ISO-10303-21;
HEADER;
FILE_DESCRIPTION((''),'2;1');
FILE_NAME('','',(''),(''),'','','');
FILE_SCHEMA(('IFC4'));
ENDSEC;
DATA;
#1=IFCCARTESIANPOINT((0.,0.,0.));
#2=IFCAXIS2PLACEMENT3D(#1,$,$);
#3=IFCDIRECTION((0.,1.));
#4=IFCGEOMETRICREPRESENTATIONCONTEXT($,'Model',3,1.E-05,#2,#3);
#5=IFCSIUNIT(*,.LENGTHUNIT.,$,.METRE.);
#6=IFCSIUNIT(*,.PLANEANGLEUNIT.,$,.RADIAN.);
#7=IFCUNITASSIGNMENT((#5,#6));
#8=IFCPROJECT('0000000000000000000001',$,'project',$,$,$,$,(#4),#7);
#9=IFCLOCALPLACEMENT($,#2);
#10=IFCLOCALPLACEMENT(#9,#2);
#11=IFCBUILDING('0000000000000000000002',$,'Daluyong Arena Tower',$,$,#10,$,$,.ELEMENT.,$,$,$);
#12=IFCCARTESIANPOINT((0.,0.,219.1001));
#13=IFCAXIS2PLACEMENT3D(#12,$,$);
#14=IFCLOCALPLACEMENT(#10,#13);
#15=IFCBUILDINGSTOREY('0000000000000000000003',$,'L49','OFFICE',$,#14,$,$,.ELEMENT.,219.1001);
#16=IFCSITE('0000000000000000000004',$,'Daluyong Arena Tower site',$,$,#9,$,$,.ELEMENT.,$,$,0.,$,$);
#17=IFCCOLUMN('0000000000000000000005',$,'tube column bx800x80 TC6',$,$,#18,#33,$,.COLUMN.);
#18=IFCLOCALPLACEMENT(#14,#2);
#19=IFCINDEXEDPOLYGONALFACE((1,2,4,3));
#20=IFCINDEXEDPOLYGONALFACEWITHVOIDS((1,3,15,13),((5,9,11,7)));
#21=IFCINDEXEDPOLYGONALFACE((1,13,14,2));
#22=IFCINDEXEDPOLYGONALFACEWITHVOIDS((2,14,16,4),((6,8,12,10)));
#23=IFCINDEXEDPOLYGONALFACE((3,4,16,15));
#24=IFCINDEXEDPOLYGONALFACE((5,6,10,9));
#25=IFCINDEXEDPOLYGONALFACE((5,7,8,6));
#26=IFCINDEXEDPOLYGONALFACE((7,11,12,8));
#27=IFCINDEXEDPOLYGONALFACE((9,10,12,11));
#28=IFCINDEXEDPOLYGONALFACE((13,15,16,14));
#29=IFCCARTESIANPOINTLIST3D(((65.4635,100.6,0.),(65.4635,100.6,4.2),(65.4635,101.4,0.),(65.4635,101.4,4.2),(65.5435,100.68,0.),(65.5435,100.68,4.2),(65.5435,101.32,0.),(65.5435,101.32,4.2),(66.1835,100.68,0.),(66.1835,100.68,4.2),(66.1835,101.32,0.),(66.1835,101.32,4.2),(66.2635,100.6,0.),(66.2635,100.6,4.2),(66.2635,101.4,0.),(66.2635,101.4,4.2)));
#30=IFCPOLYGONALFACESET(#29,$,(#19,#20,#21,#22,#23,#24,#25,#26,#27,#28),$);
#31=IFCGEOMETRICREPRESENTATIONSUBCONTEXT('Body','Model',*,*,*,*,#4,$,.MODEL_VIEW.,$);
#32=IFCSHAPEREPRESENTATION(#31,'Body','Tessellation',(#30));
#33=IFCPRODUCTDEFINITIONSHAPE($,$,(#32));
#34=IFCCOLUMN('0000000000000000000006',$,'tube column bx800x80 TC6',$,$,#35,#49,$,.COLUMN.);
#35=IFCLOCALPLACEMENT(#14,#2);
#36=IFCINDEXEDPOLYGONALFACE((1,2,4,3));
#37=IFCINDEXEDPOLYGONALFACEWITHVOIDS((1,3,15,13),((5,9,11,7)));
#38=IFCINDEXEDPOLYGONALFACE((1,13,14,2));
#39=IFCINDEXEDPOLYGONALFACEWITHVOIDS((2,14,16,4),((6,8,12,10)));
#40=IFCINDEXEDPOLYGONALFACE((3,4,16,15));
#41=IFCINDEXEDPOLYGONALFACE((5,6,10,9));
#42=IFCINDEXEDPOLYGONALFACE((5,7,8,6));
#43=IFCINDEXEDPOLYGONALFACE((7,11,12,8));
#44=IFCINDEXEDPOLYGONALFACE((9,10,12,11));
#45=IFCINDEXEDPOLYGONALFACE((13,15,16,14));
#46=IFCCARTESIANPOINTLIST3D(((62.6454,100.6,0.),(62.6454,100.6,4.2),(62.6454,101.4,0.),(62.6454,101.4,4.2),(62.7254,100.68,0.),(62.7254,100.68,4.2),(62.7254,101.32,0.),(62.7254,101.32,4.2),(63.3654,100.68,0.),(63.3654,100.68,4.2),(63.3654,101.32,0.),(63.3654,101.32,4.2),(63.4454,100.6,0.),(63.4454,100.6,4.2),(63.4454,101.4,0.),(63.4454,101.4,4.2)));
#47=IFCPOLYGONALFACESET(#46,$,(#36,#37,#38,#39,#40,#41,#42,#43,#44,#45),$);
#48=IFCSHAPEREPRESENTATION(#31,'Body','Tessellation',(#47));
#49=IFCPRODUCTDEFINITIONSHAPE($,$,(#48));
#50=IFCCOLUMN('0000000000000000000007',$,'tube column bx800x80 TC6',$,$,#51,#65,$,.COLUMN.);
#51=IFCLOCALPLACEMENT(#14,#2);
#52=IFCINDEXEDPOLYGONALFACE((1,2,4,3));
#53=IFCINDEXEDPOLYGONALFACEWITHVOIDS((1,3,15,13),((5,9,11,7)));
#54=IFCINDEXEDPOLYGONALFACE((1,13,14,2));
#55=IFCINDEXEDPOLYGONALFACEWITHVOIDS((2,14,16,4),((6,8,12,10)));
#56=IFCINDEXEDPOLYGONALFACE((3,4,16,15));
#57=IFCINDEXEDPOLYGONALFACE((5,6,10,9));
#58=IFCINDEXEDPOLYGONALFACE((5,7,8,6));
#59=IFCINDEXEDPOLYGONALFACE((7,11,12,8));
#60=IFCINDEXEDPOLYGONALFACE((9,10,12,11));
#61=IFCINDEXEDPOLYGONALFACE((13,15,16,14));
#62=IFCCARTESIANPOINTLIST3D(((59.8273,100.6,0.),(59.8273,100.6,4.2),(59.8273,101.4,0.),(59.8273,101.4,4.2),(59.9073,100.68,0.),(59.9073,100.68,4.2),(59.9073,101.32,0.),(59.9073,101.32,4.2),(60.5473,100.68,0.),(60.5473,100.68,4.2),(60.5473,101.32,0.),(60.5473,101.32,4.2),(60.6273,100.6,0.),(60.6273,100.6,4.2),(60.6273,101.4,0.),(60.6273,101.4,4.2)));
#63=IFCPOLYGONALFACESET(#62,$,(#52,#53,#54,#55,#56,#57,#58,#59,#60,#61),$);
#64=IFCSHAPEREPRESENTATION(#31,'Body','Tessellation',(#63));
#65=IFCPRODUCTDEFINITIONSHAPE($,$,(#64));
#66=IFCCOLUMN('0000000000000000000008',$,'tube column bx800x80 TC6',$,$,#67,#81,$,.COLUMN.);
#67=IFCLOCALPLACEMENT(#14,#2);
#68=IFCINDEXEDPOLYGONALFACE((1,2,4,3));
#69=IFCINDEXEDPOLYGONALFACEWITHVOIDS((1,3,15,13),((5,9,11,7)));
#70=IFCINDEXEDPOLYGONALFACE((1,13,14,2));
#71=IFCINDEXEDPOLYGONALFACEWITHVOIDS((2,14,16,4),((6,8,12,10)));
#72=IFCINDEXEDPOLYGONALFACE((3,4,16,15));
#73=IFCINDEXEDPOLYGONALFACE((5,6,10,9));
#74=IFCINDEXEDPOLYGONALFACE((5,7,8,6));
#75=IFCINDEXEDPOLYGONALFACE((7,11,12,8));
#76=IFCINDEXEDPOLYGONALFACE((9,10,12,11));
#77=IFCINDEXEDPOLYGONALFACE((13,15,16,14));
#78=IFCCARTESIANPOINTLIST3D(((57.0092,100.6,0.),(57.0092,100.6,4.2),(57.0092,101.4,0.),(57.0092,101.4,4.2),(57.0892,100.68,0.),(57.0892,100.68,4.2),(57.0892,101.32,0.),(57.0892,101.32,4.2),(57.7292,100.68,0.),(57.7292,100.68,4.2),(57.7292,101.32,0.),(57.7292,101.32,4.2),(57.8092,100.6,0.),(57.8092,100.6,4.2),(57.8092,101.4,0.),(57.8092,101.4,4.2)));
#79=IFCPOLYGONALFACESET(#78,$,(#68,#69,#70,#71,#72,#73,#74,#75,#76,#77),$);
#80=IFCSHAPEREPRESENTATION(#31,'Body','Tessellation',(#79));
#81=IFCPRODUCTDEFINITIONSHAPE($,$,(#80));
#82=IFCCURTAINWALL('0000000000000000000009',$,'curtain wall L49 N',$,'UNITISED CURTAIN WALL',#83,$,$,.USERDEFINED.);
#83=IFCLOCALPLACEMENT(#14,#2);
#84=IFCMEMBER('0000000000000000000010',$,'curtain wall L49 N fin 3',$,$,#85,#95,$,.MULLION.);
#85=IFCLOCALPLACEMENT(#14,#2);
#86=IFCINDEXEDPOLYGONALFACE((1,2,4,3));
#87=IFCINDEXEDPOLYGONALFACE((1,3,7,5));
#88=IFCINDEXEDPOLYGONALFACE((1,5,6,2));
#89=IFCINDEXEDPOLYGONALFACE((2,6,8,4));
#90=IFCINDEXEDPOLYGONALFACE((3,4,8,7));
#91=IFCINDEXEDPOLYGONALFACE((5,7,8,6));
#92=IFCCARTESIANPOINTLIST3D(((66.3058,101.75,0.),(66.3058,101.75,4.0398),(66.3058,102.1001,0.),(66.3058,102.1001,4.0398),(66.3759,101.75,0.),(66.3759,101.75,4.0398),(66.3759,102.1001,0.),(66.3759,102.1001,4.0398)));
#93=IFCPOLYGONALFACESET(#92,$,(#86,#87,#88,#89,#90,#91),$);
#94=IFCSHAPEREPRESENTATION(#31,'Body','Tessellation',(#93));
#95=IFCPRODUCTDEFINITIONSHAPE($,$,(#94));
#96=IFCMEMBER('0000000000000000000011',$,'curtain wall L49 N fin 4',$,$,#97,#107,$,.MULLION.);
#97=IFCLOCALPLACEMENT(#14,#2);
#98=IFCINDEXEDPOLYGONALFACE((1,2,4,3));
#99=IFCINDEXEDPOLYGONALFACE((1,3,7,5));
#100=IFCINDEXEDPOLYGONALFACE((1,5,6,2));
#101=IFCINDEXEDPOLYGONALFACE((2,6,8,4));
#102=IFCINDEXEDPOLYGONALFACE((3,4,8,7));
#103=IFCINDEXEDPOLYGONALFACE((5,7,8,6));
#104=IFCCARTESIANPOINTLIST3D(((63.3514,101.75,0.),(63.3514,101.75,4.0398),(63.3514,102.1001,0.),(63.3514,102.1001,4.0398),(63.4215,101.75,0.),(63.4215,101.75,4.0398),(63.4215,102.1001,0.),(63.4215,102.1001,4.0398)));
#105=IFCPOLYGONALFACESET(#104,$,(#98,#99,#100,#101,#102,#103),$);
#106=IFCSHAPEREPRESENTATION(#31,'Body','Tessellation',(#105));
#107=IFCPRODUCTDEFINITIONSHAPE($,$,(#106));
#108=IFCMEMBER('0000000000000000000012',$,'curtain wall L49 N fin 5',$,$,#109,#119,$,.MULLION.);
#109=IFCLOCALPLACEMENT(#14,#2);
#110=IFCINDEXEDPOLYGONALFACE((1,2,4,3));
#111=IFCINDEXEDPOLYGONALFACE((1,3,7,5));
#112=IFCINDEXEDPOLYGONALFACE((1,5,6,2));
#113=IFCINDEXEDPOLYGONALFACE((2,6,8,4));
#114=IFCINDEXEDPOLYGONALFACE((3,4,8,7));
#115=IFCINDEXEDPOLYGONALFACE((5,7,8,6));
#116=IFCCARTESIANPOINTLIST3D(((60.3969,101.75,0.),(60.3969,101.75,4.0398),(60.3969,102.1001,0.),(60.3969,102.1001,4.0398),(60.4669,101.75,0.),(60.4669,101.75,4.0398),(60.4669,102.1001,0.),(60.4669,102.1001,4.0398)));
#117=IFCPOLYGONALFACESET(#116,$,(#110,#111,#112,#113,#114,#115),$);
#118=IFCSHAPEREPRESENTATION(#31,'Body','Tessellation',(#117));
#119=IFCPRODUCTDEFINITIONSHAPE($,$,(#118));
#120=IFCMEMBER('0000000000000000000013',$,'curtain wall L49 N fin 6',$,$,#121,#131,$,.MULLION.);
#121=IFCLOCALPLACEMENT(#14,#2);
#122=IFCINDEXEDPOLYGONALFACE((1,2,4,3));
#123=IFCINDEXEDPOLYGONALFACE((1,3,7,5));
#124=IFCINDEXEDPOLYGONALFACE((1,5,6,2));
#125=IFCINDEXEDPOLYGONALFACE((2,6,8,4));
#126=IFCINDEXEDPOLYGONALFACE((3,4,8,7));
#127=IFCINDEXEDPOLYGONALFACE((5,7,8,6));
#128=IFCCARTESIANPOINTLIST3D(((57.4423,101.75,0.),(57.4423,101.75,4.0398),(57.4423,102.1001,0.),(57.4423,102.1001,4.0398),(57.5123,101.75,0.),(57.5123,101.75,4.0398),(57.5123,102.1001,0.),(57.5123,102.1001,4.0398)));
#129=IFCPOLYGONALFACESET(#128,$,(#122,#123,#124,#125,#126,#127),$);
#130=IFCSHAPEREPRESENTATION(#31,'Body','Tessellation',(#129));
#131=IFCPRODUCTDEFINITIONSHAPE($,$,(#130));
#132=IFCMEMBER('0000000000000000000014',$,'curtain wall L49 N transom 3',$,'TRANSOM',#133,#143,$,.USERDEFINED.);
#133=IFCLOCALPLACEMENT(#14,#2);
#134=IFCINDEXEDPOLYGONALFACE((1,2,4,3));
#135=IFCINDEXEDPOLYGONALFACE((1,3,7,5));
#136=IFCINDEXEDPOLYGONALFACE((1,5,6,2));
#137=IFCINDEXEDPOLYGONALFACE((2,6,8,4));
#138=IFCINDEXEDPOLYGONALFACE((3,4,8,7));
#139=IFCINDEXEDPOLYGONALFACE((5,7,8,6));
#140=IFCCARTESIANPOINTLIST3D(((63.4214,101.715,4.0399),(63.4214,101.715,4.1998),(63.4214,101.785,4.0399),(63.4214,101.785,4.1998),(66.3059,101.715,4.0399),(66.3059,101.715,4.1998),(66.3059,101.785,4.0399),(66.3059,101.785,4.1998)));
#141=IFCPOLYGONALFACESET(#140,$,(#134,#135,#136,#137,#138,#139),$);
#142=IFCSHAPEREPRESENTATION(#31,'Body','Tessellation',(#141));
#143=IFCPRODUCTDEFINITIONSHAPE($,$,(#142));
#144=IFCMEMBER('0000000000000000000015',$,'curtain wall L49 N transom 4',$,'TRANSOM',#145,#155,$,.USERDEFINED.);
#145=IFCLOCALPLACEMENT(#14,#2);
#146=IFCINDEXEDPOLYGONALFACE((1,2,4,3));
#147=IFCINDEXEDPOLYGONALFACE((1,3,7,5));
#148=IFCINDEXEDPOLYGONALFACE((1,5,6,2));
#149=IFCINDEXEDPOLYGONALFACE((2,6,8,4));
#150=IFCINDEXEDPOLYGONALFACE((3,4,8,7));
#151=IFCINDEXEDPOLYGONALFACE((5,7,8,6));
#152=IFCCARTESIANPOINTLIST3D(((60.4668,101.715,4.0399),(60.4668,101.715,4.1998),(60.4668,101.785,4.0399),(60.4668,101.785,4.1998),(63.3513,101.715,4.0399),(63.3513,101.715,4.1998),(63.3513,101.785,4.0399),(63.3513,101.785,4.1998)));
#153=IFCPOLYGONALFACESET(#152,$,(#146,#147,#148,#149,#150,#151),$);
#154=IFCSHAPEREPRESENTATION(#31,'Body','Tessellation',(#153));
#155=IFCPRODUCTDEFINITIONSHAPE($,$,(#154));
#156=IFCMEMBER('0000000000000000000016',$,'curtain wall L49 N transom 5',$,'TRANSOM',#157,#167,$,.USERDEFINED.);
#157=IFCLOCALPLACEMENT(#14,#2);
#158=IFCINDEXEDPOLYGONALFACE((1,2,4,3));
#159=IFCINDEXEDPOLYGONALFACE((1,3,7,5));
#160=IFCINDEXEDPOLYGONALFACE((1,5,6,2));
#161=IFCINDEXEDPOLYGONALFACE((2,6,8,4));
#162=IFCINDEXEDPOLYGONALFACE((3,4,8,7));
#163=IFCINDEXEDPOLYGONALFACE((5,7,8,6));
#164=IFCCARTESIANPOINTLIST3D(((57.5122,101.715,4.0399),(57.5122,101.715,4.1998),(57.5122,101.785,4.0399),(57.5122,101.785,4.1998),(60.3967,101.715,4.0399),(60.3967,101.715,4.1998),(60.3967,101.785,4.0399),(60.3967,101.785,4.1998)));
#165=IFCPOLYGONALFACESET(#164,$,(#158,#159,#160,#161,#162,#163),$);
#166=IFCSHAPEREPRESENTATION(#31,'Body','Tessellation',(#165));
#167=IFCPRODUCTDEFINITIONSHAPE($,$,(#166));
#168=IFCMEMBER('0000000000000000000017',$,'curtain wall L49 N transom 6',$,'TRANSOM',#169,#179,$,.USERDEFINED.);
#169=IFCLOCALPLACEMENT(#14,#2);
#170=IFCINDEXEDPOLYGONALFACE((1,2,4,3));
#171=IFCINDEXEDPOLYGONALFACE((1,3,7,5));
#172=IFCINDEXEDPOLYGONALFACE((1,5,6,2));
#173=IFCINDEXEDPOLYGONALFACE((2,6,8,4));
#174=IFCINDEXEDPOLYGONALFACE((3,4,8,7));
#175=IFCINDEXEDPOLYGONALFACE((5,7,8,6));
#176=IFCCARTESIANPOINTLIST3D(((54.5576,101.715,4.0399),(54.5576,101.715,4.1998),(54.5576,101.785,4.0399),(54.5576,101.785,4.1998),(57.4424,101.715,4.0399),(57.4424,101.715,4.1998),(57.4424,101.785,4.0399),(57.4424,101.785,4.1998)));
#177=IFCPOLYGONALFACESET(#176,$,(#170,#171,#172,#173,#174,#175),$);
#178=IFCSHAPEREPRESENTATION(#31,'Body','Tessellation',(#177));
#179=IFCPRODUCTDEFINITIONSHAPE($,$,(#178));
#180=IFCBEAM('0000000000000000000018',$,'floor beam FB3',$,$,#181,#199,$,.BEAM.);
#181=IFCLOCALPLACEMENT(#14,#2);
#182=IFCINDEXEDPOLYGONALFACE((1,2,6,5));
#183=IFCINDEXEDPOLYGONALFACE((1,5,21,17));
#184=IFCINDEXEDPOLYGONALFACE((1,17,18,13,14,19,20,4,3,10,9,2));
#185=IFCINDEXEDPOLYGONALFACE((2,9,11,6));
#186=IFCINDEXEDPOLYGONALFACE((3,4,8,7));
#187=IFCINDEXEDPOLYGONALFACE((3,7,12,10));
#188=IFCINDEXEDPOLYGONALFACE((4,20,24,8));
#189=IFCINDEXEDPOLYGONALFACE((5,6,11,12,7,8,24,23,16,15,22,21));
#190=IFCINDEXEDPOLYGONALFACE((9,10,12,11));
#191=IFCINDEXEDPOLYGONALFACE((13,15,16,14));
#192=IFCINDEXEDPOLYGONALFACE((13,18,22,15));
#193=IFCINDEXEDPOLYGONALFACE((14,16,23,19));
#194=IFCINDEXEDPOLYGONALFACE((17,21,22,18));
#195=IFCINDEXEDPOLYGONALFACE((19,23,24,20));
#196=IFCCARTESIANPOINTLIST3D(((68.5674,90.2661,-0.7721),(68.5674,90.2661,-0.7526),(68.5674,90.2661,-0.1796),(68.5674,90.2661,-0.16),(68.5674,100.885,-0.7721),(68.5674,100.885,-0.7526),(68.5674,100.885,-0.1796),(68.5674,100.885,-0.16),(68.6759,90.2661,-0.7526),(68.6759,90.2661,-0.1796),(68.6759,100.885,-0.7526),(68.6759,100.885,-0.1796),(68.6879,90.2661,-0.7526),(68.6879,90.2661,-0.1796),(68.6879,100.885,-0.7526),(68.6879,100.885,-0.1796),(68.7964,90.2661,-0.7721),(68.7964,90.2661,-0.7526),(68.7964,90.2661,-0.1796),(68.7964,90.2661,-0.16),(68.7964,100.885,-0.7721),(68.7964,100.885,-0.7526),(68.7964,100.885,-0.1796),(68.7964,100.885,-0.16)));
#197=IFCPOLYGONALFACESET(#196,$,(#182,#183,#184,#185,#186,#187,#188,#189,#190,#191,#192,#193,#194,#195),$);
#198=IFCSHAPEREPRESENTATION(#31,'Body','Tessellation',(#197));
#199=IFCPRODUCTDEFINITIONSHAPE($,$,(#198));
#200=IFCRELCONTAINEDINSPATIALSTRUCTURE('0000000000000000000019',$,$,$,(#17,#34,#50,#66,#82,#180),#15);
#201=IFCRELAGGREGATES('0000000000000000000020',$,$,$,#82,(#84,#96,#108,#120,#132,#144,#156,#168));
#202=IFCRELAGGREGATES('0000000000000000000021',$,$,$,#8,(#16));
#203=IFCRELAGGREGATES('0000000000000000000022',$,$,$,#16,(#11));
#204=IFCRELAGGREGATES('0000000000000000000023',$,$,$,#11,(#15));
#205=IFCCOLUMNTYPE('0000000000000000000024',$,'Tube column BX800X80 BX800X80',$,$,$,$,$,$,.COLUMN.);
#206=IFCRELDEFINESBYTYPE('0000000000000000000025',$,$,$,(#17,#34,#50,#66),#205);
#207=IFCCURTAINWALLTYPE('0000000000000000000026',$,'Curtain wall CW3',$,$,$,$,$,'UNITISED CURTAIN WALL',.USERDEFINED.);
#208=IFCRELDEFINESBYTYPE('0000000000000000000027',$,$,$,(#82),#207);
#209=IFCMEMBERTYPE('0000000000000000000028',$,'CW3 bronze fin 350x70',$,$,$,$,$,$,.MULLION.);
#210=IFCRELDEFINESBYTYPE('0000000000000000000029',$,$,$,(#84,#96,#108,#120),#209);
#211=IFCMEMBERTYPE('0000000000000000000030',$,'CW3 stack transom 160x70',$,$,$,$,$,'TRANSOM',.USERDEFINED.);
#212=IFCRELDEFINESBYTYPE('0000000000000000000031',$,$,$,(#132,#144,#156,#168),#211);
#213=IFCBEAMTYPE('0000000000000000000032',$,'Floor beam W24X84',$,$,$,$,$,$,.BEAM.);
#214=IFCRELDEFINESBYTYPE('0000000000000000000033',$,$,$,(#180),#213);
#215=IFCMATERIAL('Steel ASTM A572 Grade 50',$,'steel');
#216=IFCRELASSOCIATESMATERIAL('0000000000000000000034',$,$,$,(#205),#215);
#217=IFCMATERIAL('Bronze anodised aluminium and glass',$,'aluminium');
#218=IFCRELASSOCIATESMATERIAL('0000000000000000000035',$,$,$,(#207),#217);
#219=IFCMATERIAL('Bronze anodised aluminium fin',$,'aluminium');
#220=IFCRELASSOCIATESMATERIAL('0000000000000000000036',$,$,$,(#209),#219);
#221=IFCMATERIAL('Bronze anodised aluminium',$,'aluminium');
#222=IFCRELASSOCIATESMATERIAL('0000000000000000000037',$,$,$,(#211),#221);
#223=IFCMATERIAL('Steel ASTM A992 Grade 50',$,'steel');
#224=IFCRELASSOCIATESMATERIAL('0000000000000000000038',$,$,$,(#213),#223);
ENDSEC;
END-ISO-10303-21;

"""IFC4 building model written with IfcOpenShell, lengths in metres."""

from ifc_helpers import new_model, si_unit, direction, frame, origin, origin_2d, place, context, subcontext, project, spatial, rectangle, hollow_rectangle, i_section, extrude, material, material_profile, profile_set, type_object, element, aggregate, save


model = new_model("IFC4")

# Units and contexts
model_context = context("Model", 3, precision=1e-05, world=origin(), true_north=direction((0.0, 1.0)))
body_context = subcontext(model_context, "Body", "Model", "MODEL_VIEW")
ifc_project = project(units=[si_unit("LENGTHUNIT", "METRE"), si_unit("PLANEANGLEUNIT", "RADIAN")], contexts=[model_context])

# Site, building, storey
site_placement = place(None, origin())
site = spatial("IfcSite", under=ifc_project, at=site_placement, Name="Daluyong Arena Tower site", CompositionType="ELEMENT", RefElevation=0.0)
building_placement = place(site_placement, origin())
building = spatial("IfcBuilding", under=site, at=building_placement, Name="Daluyong Arena Tower", CompositionType="ELEMENT")
storey_placement = place(building_placement, frame((0.0, 0.0, 219.1001)))
storey = spatial("IfcBuildingStorey", under=building, at=storey_placement, Name="L49", Description="OFFICE", CompositionType="ELEMENT", Elevation=219.1001)

# Columns
ifc_material_1 = material(Name="Steel ASTM A572 Grade 50", Category="steel")
ifc_material_profile_1 = material_profile(ifc_material_1, hollow_rectangle(XDim=0.8, YDim=0.8, WallThickness=0.08, at=origin_2d()))
ifc_profile_set_1 = profile_set([ifc_material_profile_1], Name="Steel ASTM A572 Grade 50")
column_type = type_object("IfcColumnType", Name="Tube column BX800X80 BX800X80", PredefinedType="COLUMN", material=ifc_profile_set_1)
for number, where, z_axis, x_axis, name in (
    (1, (65.8635, 101.0, 0.0), (0.0, 0.0, 1.0), (1.0, 0.0, 0.0), "tube column bx800x80 TC6"),
    (2, (63.0454, 101.0, 0.0), (0.0, 0.0, 1.0), (1.0, 0.0, 0.0), "tube column bx800x80 TC6"),
    (3, (60.2273, 101.0, 0.0), (0.0, 0.0, 1.0), (1.0, 0.0, 0.0), "tube column bx800x80 TC6"),
    (4, (57.4092, 101.0, 0.0), (0.0, 0.0, 1.0), (1.0, 0.0, 0.0), "tube column bx800x80 TC6"),
):
    element("IfcColumn", number, at=place(storey_placement, frame(where, z_axis=z_axis, x_axis=x_axis)), inside=storey, type_object=column_type, Name=name, PredefinedType="COLUMN", context=body_context, shape_type="SweptSolid", body=[
        extrude(hollow_rectangle(XDim=0.8, YDim=0.8, WallThickness=0.08, at=origin_2d()), origin(), (0.0, 0.0, 1.0), 4.2),
    ])

# Curtain wall, members
ifc_material_2 = material(Name="Bronze anodised aluminium and glass", Category="aluminium")
curtain_wall_type = type_object("IfcCurtainWallType", Name="Curtain wall CW3", ElementType="UNITISED CURTAIN WALL", PredefinedType="USERDEFINED", material=ifc_material_2)
curtain_wall_placement = place(storey_placement, origin())
curtain_wall = element("IfcCurtainWall", 5, at=curtain_wall_placement, inside=storey, type_object=curtain_wall_type, Name="curtain wall L49 N", ObjectType="UNITISED CURTAIN WALL", PredefinedType="USERDEFINED")
ifc_material_3 = material(Name="Bronze anodised aluminium fin", Category="aluminium")
ifc_material_profile_2 = material_profile(ifc_material_3, rectangle(XDim=0.3501, YDim=0.0701, at=origin_2d()))
ifc_profile_set_2 = profile_set([ifc_material_profile_2], Name="Bronze anodised aluminium fin")
member_type_1 = type_object("IfcMemberType", Name="CW3 bronze fin 350x70", PredefinedType="MULLION", material=ifc_profile_set_2)
member_1_placement = place(storey_placement, frame((66.3408, 101.925, 0.0), z_axis=(0.0, 0.0, 1.0), x_axis=(0.0, -1.0, 0.0)))
member_1 = element("IfcMember", 6, at=member_1_placement, type_object=member_type_1, Name="curtain wall L49 N fin 3", PredefinedType="MULLION", context=body_context, shape_type="SweptSolid", body=[
    extrude(rectangle(XDim=0.3501, YDim=0.0701, at=origin_2d()), origin(), (0.0, 0.0, 1.0), 4.0398),
])
member_2_placement = place(storey_placement, frame((63.3865, 101.925, 0.0), z_axis=(0.0, 0.0, 1.0), x_axis=(0.0, -1.0, 0.0)))
member_2 = element("IfcMember", 7, at=member_2_placement, type_object=member_type_1, Name="curtain wall L49 N fin 4", PredefinedType="MULLION", context=body_context, shape_type="SweptSolid", body=[
    extrude(rectangle(XDim=0.3501, YDim=0.0701, at=origin_2d()), origin(), (0.0, 0.0, 1.0), 4.0398),
])
member_3_placement = place(storey_placement, frame((60.4319, 101.925, 0.0), z_axis=(0.0, 0.0, 1.0), x_axis=(0.0, -1.0, 0.0)))
member_3 = element("IfcMember", 8, at=member_3_placement, type_object=member_type_1, Name="curtain wall L49 N fin 5", PredefinedType="MULLION", context=body_context, shape_type="SweptSolid", body=[
    extrude(rectangle(XDim=0.3501, YDim=0.0701, at=origin_2d()), origin(), (0.0, 0.0, 1.0), 4.0398),
])
member_4_placement = place(storey_placement, frame((57.4773, 101.925, 0.0), z_axis=(0.0, 0.0, 1.0), x_axis=(0.0, -1.0, 0.0)))
member_4 = element("IfcMember", 9, at=member_4_placement, type_object=member_type_1, Name="curtain wall L49 N fin 6", PredefinedType="MULLION", context=body_context, shape_type="SweptSolid", body=[
    extrude(rectangle(XDim=0.3501, YDim=0.0701, at=origin_2d()), origin(), (0.0, 0.0, 1.0), 4.0398),
])
ifc_material_4 = material(Name="Bronze anodised aluminium", Category="aluminium")
ifc_material_profile_3 = material_profile(ifc_material_4, rectangle(XDim=0.0701, YDim=0.1599, at=origin_2d()))
ifc_profile_set_3 = profile_set([ifc_material_profile_3], Name="Bronze anodised aluminium")
member_type_2 = type_object("IfcMemberType", Name="CW3 stack transom 160x70", ElementType="TRANSOM", PredefinedType="USERDEFINED", material=ifc_profile_set_3)
member_5_placement = place(storey_placement, frame((66.3059, 101.75, 4.1199), z_axis=(-1.0, 0.0, 0.0), x_axis=(0.0, -1.0, 0.0)))
member_5 = element("IfcMember", 10, at=member_5_placement, type_object=member_type_2, Name="curtain wall L49 N transom 3", ObjectType="TRANSOM", PredefinedType="USERDEFINED", context=body_context, shape_type="SweptSolid", body=[
    extrude(rectangle(XDim=0.0701, YDim=0.1599, at=origin_2d()), origin(), (0.0, 0.0, 1.0), 2.8845),
])
member_6_placement = place(storey_placement, frame((63.3513, 101.75, 4.1199), z_axis=(-1.0, 0.0, 0.0), x_axis=(0.0, -1.0, 0.0)))
member_6 = element("IfcMember", 11, at=member_6_placement, type_object=member_type_2, Name="curtain wall L49 N transom 4", ObjectType="TRANSOM", PredefinedType="USERDEFINED", context=body_context, shape_type="SweptSolid", body=[
    extrude(rectangle(XDim=0.0701, YDim=0.1599, at=origin_2d()), origin(), (0.0, 0.0, 1.0), 2.8845),
])
member_7_placement = place(storey_placement, frame((60.3967, 101.75, 4.1199), z_axis=(-1.0, 0.0, 0.0), x_axis=(0.0, -1.0, 0.0)))
member_7 = element("IfcMember", 12, at=member_7_placement, type_object=member_type_2, Name="curtain wall L49 N transom 5", ObjectType="TRANSOM", PredefinedType="USERDEFINED", context=body_context, shape_type="SweptSolid", body=[
    extrude(rectangle(XDim=0.0701, YDim=0.1599, at=origin_2d()), origin(), (0.0, 0.0, 1.0), 2.8845),
])
member_8_placement = place(storey_placement, frame((57.4424, 101.75, 4.1199), z_axis=(-1.0, 0.0, 0.0), x_axis=(0.0, -1.0, 0.0)))
member_8 = element("IfcMember", 13, at=member_8_placement, type_object=member_type_2, Name="curtain wall L49 N transom 6", ObjectType="TRANSOM", PredefinedType="USERDEFINED", context=body_context, shape_type="SweptSolid", body=[
    extrude(rectangle(XDim=0.0701, YDim=0.1599, at=origin_2d()), origin(), (0.0, 0.0, 1.0), 2.8848),
])

# Beam
ifc_material_5 = material(Name="Steel ASTM A992 Grade 50", Category="steel")
ifc_material_profile_4 = material_profile(ifc_material_5, i_section(OverallWidth=0.229, OverallDepth=0.6121, WebThickness=0.012, FlangeThickness=0.0195, at=origin_2d()))
ifc_profile_set_4 = profile_set([ifc_material_profile_4], Name="Steel ASTM A992 Grade 50")
beam_type_1 = type_object("IfcBeamType", Name="Floor beam W24X84", PredefinedType="BEAM", material=ifc_profile_set_4)
beam_1_placement = place(storey_placement, frame((68.6819, 100.885, -0.4661), z_axis=(0.0, -1.0, 0.0), x_axis=(1.0, 0.0, 0.0)))
element("IfcBeam", 14, at=beam_1_placement, inside=storey, type_object=beam_type_1, Name="floor beam FB3", PredefinedType="BEAM", context=body_context, shape_type="SweptSolid", body=[
    extrude(i_section(OverallWidth=0.229, OverallDepth=0.6121, WebThickness=0.012, FlangeThickness=0.0195, at=origin_2d()), origin(), (0.0, 0.0, 1.0), 10.6189),
])

aggregate(curtain_wall, [member_1, member_2, member_3, member_4, member_5, member_6, member_7, member_8])

save(model, "model.ifc")
